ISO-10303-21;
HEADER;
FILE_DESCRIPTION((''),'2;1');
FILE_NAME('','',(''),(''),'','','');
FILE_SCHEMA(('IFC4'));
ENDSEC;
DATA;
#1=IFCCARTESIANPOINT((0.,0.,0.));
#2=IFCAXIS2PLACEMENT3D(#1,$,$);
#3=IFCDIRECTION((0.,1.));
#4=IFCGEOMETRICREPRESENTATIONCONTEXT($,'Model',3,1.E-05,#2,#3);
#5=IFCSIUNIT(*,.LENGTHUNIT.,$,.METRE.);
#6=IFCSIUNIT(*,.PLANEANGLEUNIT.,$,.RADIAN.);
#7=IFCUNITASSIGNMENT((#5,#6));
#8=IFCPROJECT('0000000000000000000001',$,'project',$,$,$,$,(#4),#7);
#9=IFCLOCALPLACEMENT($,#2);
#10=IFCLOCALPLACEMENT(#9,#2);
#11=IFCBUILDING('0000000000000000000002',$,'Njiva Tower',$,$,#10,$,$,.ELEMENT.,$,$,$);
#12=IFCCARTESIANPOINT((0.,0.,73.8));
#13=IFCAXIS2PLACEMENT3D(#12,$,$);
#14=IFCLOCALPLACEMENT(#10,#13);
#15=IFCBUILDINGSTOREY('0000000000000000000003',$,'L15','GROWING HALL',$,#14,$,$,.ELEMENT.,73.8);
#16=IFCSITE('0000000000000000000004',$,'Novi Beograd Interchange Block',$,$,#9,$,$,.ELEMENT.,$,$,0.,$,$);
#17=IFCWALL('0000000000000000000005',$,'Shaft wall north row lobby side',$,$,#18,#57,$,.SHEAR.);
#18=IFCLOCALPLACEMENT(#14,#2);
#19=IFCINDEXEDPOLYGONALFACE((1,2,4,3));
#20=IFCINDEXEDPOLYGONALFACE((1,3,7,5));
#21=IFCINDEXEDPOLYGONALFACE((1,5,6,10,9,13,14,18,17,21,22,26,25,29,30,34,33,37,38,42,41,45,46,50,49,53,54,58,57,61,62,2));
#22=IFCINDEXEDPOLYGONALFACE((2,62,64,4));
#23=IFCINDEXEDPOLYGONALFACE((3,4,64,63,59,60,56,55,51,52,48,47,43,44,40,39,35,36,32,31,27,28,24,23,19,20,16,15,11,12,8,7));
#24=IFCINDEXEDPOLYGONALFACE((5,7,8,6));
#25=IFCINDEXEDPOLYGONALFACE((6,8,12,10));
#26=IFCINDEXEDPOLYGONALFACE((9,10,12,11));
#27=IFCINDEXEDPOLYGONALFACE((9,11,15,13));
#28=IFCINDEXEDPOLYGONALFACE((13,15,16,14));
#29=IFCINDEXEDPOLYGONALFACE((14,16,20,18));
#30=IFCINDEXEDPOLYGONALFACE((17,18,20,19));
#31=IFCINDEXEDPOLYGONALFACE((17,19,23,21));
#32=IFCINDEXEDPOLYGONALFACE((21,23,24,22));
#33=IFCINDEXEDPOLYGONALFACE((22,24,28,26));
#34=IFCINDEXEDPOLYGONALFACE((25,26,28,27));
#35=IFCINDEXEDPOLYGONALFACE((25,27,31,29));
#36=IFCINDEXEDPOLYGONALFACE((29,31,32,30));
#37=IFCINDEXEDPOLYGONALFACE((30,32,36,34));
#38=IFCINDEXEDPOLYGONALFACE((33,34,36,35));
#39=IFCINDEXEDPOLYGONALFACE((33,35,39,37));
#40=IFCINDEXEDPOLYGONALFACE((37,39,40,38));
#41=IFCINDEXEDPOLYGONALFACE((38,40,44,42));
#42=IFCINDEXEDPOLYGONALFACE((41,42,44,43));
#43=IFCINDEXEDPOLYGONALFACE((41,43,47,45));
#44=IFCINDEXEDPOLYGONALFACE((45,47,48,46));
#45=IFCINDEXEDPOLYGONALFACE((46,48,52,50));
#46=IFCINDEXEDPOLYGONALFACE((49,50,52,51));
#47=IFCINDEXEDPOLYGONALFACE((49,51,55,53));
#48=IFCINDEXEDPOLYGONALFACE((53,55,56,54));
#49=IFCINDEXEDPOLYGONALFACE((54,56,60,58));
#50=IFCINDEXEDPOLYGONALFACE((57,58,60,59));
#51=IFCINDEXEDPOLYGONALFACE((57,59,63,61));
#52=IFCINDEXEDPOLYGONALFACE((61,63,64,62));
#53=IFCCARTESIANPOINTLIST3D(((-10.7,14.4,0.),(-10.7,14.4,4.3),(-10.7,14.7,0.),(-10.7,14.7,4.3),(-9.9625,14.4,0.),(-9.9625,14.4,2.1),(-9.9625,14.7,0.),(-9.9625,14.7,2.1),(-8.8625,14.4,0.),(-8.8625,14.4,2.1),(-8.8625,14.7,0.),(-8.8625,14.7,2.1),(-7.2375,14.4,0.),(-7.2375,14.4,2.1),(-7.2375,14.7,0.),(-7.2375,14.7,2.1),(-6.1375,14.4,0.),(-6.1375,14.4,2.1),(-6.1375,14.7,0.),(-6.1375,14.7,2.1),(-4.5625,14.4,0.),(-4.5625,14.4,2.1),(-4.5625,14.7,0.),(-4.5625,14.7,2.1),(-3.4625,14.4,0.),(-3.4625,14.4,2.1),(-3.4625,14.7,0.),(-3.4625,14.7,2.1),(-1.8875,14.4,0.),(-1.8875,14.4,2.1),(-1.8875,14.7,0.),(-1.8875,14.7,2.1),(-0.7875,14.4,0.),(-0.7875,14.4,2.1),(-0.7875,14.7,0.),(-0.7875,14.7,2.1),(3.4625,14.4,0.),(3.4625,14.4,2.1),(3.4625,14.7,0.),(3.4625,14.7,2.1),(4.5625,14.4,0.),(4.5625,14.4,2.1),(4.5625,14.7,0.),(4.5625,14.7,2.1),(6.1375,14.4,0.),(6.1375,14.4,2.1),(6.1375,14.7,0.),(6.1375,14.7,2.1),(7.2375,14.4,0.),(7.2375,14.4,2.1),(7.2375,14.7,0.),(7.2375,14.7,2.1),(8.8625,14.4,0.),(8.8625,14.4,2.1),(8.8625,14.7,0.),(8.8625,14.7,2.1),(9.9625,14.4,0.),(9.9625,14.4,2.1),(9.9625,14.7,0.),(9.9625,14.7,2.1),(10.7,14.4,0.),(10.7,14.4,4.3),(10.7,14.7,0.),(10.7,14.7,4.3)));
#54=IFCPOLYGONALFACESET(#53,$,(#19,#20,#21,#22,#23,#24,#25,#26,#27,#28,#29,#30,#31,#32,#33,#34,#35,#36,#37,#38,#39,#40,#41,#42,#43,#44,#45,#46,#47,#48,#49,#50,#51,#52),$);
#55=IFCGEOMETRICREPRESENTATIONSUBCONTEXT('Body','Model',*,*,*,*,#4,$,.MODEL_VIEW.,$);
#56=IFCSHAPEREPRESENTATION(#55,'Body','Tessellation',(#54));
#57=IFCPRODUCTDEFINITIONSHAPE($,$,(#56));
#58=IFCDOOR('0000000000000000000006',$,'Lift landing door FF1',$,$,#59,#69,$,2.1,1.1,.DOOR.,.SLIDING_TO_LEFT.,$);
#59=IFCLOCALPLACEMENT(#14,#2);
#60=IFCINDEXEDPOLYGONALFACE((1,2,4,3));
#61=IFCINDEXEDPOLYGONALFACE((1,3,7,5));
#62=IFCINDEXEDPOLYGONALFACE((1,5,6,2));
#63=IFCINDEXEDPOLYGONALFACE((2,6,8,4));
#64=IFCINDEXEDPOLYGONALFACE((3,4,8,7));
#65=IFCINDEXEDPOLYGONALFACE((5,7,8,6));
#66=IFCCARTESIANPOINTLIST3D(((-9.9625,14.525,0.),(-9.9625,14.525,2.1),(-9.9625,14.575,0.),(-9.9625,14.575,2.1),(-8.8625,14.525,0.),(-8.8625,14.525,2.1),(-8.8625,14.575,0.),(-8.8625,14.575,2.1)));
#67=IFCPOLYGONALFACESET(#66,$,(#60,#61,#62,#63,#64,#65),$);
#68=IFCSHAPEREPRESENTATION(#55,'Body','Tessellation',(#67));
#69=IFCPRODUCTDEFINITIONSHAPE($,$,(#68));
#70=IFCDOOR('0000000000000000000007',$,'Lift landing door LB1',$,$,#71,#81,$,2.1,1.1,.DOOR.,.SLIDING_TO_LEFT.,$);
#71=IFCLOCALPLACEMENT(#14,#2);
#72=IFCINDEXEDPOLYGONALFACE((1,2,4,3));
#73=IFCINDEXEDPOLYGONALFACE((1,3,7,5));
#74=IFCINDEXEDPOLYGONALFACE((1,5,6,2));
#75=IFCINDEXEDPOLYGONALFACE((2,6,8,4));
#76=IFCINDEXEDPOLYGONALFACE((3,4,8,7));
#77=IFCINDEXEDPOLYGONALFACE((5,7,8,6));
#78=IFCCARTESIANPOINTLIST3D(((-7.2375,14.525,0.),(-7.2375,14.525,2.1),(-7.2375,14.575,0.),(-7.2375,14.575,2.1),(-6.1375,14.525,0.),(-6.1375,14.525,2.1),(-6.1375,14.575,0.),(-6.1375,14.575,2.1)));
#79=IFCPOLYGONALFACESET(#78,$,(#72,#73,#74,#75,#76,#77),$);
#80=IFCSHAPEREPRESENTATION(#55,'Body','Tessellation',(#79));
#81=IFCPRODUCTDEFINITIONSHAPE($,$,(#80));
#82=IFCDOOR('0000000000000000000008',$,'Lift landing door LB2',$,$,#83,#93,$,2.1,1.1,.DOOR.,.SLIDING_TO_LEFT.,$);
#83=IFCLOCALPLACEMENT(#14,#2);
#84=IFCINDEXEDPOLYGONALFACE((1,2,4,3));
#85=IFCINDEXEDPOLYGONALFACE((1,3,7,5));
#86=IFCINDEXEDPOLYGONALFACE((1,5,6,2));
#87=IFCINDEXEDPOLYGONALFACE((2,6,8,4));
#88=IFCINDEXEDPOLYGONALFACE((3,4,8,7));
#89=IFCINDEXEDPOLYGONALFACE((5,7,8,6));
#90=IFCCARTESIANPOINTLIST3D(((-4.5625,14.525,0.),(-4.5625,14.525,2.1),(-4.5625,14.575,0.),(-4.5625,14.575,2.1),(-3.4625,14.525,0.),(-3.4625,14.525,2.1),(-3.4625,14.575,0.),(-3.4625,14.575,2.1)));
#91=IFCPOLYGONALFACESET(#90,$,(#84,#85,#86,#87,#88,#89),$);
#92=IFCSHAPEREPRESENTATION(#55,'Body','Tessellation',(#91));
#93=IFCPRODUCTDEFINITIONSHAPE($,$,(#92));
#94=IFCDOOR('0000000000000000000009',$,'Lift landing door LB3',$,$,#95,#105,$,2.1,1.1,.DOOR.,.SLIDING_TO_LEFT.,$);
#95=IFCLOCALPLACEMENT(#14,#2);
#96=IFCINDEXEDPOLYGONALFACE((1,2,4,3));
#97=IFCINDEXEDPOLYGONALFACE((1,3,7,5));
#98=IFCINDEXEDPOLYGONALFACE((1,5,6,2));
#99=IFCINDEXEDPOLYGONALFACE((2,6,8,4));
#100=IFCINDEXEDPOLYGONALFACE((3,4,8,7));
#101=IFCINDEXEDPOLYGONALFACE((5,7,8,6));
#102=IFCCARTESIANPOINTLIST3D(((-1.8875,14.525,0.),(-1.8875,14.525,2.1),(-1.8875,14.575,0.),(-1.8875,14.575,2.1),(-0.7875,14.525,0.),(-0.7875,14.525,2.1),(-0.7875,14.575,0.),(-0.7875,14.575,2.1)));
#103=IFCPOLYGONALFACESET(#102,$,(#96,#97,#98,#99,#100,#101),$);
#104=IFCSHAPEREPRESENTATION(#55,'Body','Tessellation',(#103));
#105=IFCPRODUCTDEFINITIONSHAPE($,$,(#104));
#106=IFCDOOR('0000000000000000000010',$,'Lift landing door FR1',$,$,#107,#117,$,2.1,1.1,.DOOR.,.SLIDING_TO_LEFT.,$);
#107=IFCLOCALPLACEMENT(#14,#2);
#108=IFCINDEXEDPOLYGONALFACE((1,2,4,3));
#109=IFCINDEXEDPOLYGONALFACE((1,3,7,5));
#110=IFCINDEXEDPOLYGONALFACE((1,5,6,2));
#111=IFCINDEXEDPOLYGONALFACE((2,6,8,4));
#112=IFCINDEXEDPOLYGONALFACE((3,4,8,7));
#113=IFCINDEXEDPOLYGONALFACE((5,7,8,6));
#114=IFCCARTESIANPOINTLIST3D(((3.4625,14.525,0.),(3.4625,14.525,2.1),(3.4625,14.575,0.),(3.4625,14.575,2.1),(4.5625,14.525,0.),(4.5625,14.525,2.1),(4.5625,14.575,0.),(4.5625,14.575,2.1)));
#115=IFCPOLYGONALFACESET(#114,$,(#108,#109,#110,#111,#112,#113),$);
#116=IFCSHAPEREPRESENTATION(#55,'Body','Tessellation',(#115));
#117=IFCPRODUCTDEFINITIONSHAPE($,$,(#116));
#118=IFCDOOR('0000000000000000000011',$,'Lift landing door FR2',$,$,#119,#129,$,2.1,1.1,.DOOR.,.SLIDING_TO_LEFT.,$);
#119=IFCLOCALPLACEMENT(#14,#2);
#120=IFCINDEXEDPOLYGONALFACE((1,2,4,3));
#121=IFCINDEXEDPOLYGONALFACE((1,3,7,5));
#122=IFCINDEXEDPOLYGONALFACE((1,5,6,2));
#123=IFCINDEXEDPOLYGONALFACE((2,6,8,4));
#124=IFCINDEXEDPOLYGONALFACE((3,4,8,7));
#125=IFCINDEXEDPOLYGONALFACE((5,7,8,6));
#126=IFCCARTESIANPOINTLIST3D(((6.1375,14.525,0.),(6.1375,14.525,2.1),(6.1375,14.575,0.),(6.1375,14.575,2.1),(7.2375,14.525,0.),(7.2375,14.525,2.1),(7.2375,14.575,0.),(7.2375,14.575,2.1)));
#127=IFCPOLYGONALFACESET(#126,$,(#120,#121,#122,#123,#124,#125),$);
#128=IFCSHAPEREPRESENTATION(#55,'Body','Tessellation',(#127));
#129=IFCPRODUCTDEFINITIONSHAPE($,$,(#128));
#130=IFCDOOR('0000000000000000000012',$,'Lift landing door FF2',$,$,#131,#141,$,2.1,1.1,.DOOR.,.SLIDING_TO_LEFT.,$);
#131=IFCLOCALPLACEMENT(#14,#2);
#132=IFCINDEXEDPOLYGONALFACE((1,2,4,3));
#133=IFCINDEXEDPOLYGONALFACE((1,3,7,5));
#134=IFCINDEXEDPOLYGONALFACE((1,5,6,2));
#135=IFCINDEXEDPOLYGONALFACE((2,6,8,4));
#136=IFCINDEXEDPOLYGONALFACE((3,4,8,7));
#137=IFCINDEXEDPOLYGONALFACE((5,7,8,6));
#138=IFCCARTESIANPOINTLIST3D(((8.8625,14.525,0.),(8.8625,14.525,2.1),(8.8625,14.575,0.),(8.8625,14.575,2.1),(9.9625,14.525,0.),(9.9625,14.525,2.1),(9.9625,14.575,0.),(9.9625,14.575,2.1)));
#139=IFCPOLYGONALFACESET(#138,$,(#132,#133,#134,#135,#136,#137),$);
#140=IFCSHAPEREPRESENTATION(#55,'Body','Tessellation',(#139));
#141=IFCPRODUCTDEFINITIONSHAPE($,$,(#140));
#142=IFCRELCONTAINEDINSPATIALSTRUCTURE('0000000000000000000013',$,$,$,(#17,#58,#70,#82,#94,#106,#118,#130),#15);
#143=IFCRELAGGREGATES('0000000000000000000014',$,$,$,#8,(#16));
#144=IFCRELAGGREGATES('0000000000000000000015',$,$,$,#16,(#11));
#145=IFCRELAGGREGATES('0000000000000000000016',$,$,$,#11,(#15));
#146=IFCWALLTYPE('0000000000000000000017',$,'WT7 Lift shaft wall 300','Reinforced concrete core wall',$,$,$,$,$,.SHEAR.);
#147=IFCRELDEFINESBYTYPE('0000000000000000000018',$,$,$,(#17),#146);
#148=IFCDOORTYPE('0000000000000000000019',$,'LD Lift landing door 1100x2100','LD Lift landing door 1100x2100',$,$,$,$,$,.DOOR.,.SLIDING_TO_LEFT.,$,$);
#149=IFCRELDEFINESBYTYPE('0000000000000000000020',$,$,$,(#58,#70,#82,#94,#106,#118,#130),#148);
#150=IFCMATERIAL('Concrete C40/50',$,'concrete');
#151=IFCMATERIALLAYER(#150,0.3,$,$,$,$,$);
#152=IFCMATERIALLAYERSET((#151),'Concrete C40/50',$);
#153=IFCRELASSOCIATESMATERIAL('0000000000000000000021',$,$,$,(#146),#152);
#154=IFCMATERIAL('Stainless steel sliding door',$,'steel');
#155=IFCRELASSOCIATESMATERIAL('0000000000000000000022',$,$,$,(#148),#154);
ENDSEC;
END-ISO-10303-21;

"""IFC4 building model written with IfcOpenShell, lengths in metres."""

from ifc_helpers import new_model, si_unit, direction, frame, frame_2d, origin, place, context, subcontext, project, spatial, rectangle, extrude, material, layer, layer_set, type_object, element, fill, save


model = new_model("IFC4")

# Units and contexts
model_context = context("Model", 3, precision=1e-05, world=origin(), true_north=direction((0.0, 1.0)))
body_context = subcontext(model_context, "Body", "Model", "MODEL_VIEW")
ifc_project = project(units=[si_unit("LENGTHUNIT", "METRE"), si_unit("PLANEANGLEUNIT", "RADIAN")], contexts=[model_context])

# Site, building, storey
site_placement = place(None, origin())
site = spatial("IfcSite", under=ifc_project, at=site_placement, Name="Novi Beograd Interchange Block", CompositionType="ELEMENT", RefElevation=0.0)
building_placement = place(site_placement, origin())
building = spatial("IfcBuilding", under=site, at=building_placement, Name="Njiva Tower", CompositionType="ELEMENT")
storey_placement = place(building_placement, frame((0.0, 0.0, 73.8)))
storey = spatial("IfcBuildingStorey", under=building, at=storey_placement, Name="L15", Description="GROWING HALL", CompositionType="ELEMENT", Elevation=73.8)

# Shared definitions
ifc_material_1 = material(Name="Concrete C40/50", Category="concrete")

# Wall, openings, doors
ifc_layer_1 = layer(ifc_material_1, 0.3)
ifc_layer_set_1 = layer_set([ifc_layer_1], Name="Concrete C40/50")
wall_type_1 = type_object("IfcWallType", Name="WT7 Lift shaft wall 300", Description="Reinforced concrete core wall", PredefinedType="SHEAR", material=ifc_layer_set_1)
wall_1_placement = place(storey_placement, frame((-10.7, 14.55, 0.0), z_axis=(0.0, 0.0, 1.0), x_axis=(1.0, 0.0, 0.0)))
wall_1 = element("IfcWall", 1, at=wall_1_placement, inside=storey, type_object=wall_type_1, Name="Shaft wall north row lobby side", PredefinedType="SHEAR", context=body_context, shape_type="SweptSolid", body=[
    extrude(rectangle(XDim=21.4, YDim=0.3, at=frame_2d((10.7, 0.0))), origin(), (0.0, 0.0, 1.0), 4.3),
])
opening_1_placement = place(wall_1_placement, frame((0.7375, 0.0, 0.0)))
opening_1 = element("IfcOpeningElement", 2, at=opening_1_placement, cuts=wall_1, PredefinedType="OPENING", context=body_context, shape_type="SweptSolid", body=[
    extrude(rectangle(XDim=1.1, YDim=2.1, at=frame_2d((0.55, 1.05))), frame((0.0, 0.16, 0.0), z_axis=(0.0, -1.0, 0.0), x_axis=(1.0, 0.0, 0.0)), (0.0, 0.0, 1.0), 0.32),
])
opening_2_placement = place(wall_1_placement, frame((3.4625, 0.0, 0.0)))
opening_2 = element("IfcOpeningElement", 3, at=opening_2_placement, cuts=wall_1, PredefinedType="OPENING", context=body_context, shape_type="SweptSolid", body=[
    extrude(rectangle(XDim=1.1, YDim=2.1, at=frame_2d((0.55, 1.05))), frame((0.0, 0.16, 0.0), z_axis=(0.0, -1.0, 0.0), x_axis=(1.0, 0.0, 0.0)), (0.0, 0.0, 1.0), 0.32),
])
opening_3_placement = place(wall_1_placement, frame((6.1375, 0.0, 0.0)))
opening_3 = element("IfcOpeningElement", 4, at=opening_3_placement, cuts=wall_1, PredefinedType="OPENING", context=body_context, shape_type="SweptSolid", body=[
    extrude(rectangle(XDim=1.1, YDim=2.1, at=frame_2d((0.55, 1.05))), frame((0.0, 0.16, 0.0), z_axis=(0.0, -1.0, 0.0), x_axis=(1.0, 0.0, 0.0)), (0.0, 0.0, 1.0), 0.32),
])
opening_4_placement = place(wall_1_placement, frame((8.8125, 0.0, 0.0)))
opening_4 = element("IfcOpeningElement", 5, at=opening_4_placement, cuts=wall_1, PredefinedType="OPENING", context=body_context, shape_type="SweptSolid", body=[
    extrude(rectangle(XDim=1.1, YDim=2.1, at=frame_2d((0.55, 1.05))), frame((0.0, 0.16, 0.0), z_axis=(0.0, -1.0, 0.0), x_axis=(1.0, 0.0, 0.0)), (0.0, 0.0, 1.0), 0.32),
])
opening_5_placement = place(wall_1_placement, frame((14.1625, 0.0, 0.0)))
opening_5 = element("IfcOpeningElement", 6, at=opening_5_placement, cuts=wall_1, PredefinedType="OPENING", context=body_context, shape_type="SweptSolid", body=[
    extrude(rectangle(XDim=1.1, YDim=2.1, at=frame_2d((0.55, 1.05))), frame((0.0, 0.16, 0.0), z_axis=(0.0, -1.0, 0.0), x_axis=(1.0, 0.0, 0.0)), (0.0, 0.0, 1.0), 0.32),
])
opening_6_placement = place(wall_1_placement, frame((16.8375, 0.0, 0.0)))
opening_6 = element("IfcOpeningElement", 7, at=opening_6_placement, cuts=wall_1, PredefinedType="OPENING", context=body_context, shape_type="SweptSolid", body=[
    extrude(rectangle(XDim=1.1, YDim=2.1, at=frame_2d((0.55, 1.05))), frame((0.0, 0.16, 0.0), z_axis=(0.0, -1.0, 0.0), x_axis=(1.0, 0.0, 0.0)), (0.0, 0.0, 1.0), 0.32),
])
opening_7_placement = place(wall_1_placement, frame((19.5625, 0.0, 0.0)))
opening_7 = element("IfcOpeningElement", 8, at=opening_7_placement, cuts=wall_1, PredefinedType="OPENING", context=body_context, shape_type="SweptSolid", body=[
    extrude(rectangle(XDim=1.1, YDim=2.1, at=frame_2d((0.55, 1.05))), frame((0.0, 0.16, 0.0), z_axis=(0.0, -1.0, 0.0), x_axis=(1.0, 0.0, 0.0)), (0.0, 0.0, 1.0), 0.32),
])
ifc_material_2 = material(Name="Stainless steel sliding door", Category="steel")
door_type_1 = type_object("IfcDoorType", Name="LD Lift landing door 1100x2100", Description="LD Lift landing door 1100x2100", OperationType="SLIDING_TO_LEFT", PredefinedType="DOOR", material=ifc_material_2)
door_1_placement = place(opening_1_placement, origin())
door_1 = element("IfcDoor", 9, at=door_1_placement, inside=storey, type_object=door_type_1, Name="Lift landing door FF1", OperationType="SLIDING_TO_LEFT", OverallHeight=2.1, OverallWidth=1.1, PredefinedType="DOOR", context=body_context, shape_type="SweptSolid", body=[
    extrude(rectangle(XDim=1.1, YDim=2.1, at=frame_2d((0.55, 1.05))), frame((0.0, 0.025, 0.0), z_axis=(0.0, -1.0, 0.0), x_axis=(1.0, 0.0, 0.0)), (0.0, 0.0, 1.0), 0.05),
])
fill(opening_1, door_1)
door_2_placement = place(opening_2_placement, origin())
door_2 = element("IfcDoor", 10, at=door_2_placement, inside=storey, type_object=door_type_1, Name="Lift landing door LB1", OperationType="SLIDING_TO_LEFT", OverallHeight=2.1, OverallWidth=1.1, PredefinedType="DOOR", context=body_context, shape_type="SweptSolid", body=[
    extrude(rectangle(XDim=1.1, YDim=2.1, at=frame_2d((0.55, 1.05))), frame((0.0, 0.025, 0.0), z_axis=(0.0, -1.0, 0.0), x_axis=(1.0, 0.0, 0.0)), (0.0, 0.0, 1.0), 0.05),
])
fill(opening_2, door_2)
door_3_placement = place(opening_3_placement, origin())
door_3 = element("IfcDoor", 11, at=door_3_placement, inside=storey, type_object=door_type_1, Name="Lift landing door LB2", OperationType="SLIDING_TO_LEFT", OverallHeight=2.1, OverallWidth=1.1, PredefinedType="DOOR", context=body_context, shape_type="SweptSolid", body=[
    extrude(rectangle(XDim=1.1, YDim=2.1, at=frame_2d((0.55, 1.05))), frame((0.0, 0.025, 0.0), z_axis=(0.0, -1.0, 0.0), x_axis=(1.0, 0.0, 0.0)), (0.0, 0.0, 1.0), 0.05),
])
fill(opening_3, door_3)
door_4_placement = place(opening_4_placement, origin())
door_4 = element("IfcDoor", 12, at=door_4_placement, inside=storey, type_object=door_type_1, Name="Lift landing door LB3", OperationType="SLIDING_TO_LEFT", OverallHeight=2.1, OverallWidth=1.1, PredefinedType="DOOR", context=body_context, shape_type="SweptSolid", body=[
    extrude(rectangle(XDim=1.1, YDim=2.1, at=frame_2d((0.55, 1.05))), frame((0.0, 0.025, 0.0), z_axis=(0.0, -1.0, 0.0), x_axis=(1.0, 0.0, 0.0)), (0.0, 0.0, 1.0), 0.05),
])
fill(opening_4, door_4)
door_5_placement = place(opening_5_placement, origin())
door_5 = element("IfcDoor", 13, at=door_5_placement, inside=storey, type_object=door_type_1, Name="Lift landing door FR1", OperationType="SLIDING_TO_LEFT", OverallHeight=2.1, OverallWidth=1.1, PredefinedType="DOOR", context=body_context, shape_type="SweptSolid", body=[
    extrude(rectangle(XDim=1.1, YDim=2.1, at=frame_2d((0.55, 1.05))), frame((0.0, 0.025, 0.0), z_axis=(0.0, -1.0, 0.0), x_axis=(1.0, 0.0, 0.0)), (0.0, 0.0, 1.0), 0.05),
])
fill(opening_5, door_5)
door_6_placement = place(opening_6_placement, origin())
door_6 = element("IfcDoor", 14, at=door_6_placement, inside=storey, type_object=door_type_1, Name="Lift landing door FR2", OperationType="SLIDING_TO_LEFT", OverallHeight=2.1, OverallWidth=1.1, PredefinedType="DOOR", context=body_context, shape_type="SweptSolid", body=[
    extrude(rectangle(XDim=1.1, YDim=2.1, at=frame_2d((0.55, 1.05))), frame((0.0, 0.025, 0.0), z_axis=(0.0, -1.0, 0.0), x_axis=(1.0, 0.0, 0.0)), (0.0, 0.0, 1.0), 0.05),
])
fill(opening_6, door_6)
door_7_placement = place(opening_7_placement, origin())
door_7 = element("IfcDoor", 15, at=door_7_placement, inside=storey, type_object=door_type_1, Name="Lift landing door FF2", OperationType="SLIDING_TO_LEFT", OverallHeight=2.1, OverallWidth=1.1, PredefinedType="DOOR", context=body_context, shape_type="SweptSolid", body=[
    extrude(rectangle(XDim=1.1, YDim=2.1, at=frame_2d((0.55, 1.05))), frame((0.0, 0.025, 0.0), z_axis=(0.0, -1.0, 0.0), x_axis=(1.0, 0.0, 0.0)), (0.0, 0.0, 1.0), 0.05),
])
fill(opening_7, door_7)

save(model, "model.ifc")
